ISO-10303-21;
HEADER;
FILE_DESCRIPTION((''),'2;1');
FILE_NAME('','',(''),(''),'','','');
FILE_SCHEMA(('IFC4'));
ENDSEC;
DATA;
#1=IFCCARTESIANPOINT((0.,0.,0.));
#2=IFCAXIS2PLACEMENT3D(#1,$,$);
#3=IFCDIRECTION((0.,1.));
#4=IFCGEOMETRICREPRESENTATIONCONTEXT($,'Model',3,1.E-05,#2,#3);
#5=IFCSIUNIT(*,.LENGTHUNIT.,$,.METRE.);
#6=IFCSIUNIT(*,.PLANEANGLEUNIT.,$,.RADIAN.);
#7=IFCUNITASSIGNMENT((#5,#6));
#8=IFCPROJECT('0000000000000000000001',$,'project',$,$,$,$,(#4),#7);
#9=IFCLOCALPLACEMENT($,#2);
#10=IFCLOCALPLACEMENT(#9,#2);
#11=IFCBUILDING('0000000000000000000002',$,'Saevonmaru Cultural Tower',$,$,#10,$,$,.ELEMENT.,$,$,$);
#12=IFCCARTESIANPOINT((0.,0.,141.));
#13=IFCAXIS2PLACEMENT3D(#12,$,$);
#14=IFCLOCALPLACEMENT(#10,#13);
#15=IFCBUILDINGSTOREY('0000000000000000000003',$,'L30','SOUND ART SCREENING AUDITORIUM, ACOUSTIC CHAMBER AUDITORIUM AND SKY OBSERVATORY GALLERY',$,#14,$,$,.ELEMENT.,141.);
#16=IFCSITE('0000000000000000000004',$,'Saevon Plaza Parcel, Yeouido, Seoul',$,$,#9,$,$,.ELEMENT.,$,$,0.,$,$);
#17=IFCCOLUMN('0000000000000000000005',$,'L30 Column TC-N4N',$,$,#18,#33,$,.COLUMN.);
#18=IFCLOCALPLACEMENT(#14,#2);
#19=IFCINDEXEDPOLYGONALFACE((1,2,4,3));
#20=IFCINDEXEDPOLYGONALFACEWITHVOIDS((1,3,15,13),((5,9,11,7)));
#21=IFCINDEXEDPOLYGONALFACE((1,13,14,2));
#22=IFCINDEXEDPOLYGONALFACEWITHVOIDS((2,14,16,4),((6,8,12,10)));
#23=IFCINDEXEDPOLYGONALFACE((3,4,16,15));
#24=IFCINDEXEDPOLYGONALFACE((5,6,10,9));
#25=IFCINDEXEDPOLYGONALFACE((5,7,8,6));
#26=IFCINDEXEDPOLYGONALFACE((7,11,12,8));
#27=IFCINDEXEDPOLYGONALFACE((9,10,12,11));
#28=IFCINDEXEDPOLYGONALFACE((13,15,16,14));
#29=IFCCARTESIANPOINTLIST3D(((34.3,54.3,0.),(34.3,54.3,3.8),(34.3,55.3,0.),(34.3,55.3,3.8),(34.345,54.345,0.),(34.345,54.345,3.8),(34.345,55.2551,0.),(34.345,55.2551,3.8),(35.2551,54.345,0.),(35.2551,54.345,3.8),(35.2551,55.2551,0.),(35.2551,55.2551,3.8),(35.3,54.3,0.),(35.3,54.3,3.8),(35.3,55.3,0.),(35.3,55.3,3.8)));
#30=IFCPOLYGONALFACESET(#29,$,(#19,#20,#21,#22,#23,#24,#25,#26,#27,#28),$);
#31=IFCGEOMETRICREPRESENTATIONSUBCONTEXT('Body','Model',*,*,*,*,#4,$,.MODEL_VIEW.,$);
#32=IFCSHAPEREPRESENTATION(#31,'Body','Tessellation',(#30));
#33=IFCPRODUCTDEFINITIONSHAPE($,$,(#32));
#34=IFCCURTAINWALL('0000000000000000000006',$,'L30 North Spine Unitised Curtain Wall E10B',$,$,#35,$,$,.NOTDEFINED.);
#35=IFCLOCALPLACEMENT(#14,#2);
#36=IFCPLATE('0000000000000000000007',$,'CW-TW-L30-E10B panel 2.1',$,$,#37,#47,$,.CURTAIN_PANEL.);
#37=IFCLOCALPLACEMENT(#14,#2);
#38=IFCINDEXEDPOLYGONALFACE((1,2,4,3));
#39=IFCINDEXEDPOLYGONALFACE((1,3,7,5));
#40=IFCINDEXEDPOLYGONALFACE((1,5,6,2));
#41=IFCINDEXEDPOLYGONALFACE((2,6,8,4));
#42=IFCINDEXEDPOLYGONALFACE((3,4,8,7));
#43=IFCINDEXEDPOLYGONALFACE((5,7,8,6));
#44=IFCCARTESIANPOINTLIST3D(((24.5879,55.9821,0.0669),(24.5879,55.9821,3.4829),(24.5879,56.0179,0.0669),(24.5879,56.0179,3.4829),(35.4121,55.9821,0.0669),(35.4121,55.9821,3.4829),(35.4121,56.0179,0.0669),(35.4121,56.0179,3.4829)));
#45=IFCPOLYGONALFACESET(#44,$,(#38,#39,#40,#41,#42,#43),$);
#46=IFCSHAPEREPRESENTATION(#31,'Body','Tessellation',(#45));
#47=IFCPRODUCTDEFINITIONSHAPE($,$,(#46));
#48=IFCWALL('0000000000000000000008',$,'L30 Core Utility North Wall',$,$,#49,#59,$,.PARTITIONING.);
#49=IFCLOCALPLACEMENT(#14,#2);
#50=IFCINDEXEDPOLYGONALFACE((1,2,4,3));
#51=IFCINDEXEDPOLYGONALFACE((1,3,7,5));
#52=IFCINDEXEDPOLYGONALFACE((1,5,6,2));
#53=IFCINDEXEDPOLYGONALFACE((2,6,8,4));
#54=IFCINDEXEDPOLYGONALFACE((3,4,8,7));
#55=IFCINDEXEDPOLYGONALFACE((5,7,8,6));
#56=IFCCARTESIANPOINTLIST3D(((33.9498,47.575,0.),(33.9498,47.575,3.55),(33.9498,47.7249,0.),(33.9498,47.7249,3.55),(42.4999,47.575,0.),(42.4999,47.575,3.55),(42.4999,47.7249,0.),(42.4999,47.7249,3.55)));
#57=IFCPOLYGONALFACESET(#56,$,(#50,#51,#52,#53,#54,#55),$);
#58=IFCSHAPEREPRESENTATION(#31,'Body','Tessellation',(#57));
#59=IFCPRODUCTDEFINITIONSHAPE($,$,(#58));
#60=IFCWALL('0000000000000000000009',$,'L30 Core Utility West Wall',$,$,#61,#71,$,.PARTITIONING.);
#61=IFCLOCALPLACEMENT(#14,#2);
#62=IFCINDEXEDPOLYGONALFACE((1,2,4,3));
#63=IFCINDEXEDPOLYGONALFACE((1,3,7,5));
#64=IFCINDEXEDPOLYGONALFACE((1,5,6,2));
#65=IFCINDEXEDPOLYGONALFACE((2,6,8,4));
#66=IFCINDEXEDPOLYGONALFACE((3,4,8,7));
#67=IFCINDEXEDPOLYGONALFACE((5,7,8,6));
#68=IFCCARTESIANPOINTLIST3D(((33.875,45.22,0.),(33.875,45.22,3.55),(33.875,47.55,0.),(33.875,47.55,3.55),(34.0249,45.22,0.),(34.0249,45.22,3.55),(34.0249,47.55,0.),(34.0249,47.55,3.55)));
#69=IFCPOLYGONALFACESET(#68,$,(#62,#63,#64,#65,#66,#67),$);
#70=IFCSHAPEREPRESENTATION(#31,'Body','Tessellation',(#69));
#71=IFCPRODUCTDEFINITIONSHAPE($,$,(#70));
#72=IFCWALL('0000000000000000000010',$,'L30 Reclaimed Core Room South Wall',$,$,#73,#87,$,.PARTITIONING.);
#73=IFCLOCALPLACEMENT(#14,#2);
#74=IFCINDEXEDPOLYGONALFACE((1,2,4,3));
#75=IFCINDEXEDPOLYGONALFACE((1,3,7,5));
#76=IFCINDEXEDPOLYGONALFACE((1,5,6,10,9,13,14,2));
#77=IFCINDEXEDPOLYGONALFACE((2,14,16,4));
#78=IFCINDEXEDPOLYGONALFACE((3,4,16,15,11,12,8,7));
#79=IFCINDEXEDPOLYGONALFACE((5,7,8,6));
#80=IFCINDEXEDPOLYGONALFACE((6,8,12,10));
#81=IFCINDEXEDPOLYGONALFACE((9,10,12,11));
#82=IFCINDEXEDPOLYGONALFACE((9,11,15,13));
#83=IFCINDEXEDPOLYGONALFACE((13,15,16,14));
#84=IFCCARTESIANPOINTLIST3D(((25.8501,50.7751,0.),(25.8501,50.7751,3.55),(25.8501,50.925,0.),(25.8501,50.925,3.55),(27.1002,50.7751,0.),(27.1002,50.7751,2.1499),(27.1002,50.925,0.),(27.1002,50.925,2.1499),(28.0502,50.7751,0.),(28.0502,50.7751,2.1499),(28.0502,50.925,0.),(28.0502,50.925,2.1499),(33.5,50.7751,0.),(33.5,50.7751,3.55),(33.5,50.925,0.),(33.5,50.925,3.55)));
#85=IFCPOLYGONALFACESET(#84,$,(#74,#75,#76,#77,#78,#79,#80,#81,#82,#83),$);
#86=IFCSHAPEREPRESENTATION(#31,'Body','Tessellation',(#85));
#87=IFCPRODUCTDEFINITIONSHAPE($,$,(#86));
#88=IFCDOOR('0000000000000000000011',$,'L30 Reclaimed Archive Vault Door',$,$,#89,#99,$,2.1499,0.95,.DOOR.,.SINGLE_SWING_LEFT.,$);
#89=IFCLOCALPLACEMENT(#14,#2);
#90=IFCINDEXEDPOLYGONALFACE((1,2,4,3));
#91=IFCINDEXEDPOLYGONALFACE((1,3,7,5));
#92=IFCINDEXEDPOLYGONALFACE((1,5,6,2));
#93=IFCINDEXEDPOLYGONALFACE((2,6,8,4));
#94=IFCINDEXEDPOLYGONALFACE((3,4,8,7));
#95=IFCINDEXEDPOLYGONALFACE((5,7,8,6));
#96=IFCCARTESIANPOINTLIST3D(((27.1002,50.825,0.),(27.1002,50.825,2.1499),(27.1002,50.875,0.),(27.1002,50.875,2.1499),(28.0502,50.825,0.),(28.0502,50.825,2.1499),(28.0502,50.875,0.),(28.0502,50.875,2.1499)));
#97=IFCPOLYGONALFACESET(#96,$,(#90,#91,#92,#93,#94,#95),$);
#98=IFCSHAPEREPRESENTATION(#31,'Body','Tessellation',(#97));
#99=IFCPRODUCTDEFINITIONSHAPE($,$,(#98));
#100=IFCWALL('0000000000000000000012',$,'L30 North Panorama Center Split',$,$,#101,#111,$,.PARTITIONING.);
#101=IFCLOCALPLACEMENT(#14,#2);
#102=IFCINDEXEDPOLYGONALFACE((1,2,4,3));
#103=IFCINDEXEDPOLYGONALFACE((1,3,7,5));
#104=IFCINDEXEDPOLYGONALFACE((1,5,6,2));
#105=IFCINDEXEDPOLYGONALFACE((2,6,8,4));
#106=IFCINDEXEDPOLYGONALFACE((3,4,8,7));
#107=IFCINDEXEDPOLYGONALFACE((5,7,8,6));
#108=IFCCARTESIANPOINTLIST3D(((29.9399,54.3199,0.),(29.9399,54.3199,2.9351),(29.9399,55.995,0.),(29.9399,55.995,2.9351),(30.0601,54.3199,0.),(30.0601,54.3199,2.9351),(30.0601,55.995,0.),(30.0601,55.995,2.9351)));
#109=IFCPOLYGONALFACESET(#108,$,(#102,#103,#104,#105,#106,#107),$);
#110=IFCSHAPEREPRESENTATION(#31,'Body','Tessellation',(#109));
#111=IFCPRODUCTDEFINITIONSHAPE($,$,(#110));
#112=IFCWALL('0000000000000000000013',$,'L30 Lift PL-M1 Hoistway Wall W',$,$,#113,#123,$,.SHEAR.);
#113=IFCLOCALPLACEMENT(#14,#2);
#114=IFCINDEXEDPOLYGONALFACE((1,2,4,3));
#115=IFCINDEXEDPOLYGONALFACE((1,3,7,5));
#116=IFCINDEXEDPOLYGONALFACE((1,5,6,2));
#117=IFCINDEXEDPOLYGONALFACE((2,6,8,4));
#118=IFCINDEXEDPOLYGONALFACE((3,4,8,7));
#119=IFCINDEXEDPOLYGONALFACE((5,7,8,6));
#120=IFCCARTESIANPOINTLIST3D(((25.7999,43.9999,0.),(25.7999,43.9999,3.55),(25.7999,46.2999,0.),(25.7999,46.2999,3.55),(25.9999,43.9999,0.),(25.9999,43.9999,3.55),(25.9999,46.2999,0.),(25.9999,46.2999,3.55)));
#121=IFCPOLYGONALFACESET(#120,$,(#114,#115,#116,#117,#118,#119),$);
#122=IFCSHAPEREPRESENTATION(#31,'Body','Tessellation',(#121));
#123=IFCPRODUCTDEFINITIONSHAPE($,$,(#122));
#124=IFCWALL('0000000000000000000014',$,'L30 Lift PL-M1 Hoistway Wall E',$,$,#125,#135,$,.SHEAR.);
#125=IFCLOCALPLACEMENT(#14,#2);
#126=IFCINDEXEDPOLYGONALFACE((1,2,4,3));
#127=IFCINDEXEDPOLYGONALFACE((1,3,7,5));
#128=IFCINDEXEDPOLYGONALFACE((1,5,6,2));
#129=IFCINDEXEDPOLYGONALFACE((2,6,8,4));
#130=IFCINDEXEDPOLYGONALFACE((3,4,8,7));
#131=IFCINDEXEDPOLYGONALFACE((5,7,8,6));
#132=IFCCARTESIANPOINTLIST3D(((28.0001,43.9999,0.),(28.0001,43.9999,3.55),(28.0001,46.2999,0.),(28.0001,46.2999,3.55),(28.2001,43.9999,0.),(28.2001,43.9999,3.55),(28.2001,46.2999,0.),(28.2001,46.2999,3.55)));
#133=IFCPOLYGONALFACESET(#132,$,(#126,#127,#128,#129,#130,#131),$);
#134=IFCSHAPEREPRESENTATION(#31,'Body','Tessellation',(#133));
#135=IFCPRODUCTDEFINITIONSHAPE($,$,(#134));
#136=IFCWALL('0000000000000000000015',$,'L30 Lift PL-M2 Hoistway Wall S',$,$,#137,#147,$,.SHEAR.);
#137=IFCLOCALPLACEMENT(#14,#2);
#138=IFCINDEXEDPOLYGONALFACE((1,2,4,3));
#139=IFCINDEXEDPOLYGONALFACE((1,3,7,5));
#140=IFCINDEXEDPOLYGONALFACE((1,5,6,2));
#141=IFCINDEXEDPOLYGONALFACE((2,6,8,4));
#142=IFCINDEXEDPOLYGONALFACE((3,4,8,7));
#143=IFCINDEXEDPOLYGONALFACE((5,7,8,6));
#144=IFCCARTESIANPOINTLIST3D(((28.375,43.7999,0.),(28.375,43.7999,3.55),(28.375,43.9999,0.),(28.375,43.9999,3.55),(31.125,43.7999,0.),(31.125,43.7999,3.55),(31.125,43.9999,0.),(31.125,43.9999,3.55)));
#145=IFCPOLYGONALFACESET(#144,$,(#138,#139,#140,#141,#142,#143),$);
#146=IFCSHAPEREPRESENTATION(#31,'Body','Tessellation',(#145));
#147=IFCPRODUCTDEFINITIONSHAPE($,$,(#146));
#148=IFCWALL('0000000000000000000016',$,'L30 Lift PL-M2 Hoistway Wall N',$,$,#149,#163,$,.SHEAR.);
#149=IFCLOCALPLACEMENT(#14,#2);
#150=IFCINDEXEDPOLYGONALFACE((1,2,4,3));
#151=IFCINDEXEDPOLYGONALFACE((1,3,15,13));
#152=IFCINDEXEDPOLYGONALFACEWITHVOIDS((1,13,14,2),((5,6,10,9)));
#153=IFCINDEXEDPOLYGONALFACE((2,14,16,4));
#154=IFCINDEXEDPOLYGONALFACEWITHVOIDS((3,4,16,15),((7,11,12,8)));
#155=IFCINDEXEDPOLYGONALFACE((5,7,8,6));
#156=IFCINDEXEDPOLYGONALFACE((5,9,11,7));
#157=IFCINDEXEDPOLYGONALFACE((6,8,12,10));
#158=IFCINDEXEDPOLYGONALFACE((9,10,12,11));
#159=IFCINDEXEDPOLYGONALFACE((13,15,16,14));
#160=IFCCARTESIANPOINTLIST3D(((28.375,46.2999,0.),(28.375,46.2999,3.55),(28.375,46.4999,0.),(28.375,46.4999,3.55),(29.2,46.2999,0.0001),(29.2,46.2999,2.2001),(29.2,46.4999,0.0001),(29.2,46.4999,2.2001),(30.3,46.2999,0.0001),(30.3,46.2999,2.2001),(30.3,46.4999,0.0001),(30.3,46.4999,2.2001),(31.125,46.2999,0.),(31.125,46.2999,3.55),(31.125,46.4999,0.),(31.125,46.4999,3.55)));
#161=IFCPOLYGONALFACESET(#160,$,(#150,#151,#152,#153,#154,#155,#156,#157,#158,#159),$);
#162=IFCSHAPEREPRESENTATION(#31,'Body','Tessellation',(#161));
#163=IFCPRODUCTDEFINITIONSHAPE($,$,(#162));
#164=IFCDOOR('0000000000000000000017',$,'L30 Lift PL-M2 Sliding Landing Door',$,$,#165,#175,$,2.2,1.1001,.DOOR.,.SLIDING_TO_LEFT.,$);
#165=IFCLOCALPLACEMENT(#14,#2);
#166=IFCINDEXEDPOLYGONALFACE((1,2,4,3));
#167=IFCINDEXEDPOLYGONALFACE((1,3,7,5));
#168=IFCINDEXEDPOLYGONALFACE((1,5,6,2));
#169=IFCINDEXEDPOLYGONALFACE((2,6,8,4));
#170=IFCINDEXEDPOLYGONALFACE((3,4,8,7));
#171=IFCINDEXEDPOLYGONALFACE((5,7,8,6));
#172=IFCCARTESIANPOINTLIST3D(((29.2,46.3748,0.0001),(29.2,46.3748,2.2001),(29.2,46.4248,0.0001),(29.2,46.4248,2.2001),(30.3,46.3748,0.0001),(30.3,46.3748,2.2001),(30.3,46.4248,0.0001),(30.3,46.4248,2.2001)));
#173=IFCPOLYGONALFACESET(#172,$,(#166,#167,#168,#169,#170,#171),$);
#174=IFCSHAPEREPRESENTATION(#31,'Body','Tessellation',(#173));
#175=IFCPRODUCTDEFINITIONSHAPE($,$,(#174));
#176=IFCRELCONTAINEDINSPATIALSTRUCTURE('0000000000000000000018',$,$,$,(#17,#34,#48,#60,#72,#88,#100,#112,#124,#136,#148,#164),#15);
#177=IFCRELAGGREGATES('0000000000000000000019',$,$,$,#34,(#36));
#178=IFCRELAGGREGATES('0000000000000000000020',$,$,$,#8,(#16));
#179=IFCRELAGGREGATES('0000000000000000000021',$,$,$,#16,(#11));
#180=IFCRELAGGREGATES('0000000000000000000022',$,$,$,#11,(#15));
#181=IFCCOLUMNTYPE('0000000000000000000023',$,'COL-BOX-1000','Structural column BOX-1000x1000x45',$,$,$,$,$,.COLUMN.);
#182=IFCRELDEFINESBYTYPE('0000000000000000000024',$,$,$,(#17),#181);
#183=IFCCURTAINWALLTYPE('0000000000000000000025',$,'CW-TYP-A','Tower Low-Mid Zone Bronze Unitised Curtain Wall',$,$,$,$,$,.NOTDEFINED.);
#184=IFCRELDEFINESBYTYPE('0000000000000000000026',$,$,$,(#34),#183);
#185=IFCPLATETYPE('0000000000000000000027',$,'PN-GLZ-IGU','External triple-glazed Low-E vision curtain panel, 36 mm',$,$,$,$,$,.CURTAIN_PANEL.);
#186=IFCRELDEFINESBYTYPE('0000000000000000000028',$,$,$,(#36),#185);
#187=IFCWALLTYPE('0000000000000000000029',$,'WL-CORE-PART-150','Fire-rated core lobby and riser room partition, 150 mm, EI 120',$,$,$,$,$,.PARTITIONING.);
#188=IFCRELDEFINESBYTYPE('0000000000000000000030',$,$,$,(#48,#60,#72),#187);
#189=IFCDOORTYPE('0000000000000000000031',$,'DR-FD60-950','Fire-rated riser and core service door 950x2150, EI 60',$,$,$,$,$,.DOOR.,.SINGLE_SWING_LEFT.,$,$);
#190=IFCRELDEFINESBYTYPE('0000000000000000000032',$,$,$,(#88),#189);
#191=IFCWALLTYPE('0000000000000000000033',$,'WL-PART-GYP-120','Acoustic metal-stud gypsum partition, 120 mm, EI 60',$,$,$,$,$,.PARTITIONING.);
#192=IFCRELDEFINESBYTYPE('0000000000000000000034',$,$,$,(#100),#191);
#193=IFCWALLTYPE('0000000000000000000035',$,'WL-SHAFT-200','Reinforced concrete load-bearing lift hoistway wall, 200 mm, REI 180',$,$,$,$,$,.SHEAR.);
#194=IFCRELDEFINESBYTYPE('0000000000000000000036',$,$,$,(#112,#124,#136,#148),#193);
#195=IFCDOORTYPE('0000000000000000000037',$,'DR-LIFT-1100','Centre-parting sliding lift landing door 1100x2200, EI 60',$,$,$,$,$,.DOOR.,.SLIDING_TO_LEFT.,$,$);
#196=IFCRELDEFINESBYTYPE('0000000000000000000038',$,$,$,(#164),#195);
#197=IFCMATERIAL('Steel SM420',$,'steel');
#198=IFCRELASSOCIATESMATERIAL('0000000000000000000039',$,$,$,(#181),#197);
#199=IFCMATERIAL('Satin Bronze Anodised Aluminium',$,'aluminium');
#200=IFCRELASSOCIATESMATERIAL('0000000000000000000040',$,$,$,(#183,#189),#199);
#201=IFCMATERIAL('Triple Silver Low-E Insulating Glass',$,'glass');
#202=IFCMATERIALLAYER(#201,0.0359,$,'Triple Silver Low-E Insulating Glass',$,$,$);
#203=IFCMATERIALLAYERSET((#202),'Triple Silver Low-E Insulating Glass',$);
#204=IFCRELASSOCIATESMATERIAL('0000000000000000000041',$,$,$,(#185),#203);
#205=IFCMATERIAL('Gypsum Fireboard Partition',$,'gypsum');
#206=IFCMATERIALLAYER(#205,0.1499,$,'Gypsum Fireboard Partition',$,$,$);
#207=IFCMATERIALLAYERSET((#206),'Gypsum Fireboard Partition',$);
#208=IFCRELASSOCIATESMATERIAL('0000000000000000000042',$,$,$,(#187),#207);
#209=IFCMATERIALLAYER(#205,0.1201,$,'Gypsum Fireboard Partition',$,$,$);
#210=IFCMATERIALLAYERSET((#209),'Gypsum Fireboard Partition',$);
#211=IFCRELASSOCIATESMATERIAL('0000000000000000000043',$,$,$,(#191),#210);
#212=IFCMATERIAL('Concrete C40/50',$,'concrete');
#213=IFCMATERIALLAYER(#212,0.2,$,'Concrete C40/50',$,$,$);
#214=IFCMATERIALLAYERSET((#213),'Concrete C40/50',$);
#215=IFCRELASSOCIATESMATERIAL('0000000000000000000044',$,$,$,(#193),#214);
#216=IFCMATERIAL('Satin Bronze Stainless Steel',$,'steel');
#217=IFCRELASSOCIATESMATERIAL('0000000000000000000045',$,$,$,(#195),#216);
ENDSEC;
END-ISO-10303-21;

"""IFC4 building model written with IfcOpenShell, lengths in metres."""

from ifc_helpers import new_model, si_unit, direction, frame, frame_2d, origin, origin_2d, place, context, subcontext, project, spatial, rectangle, hollow_rectangle, extrude, material, layer, layer_set, material_profile, profile_set, type_object, element, fill, aggregate, save


model = new_model("IFC4")

# Units and contexts
model_context = context("Model", 3, precision=1e-05, world=origin(), true_north=direction((0.0, 1.0)))
body_context = subcontext(model_context, "Body", "Model", "MODEL_VIEW")
ifc_project = project(units=[si_unit("LENGTHUNIT", "METRE"), si_unit("PLANEANGLEUNIT", "RADIAN")], contexts=[model_context])

# Site, building, storey
site_placement = place(None, origin())
site = spatial("IfcSite", under=ifc_project, at=site_placement, Name="Saevon Plaza Parcel, Yeouido, Seoul", CompositionType="ELEMENT", RefElevation=0.0)
building_placement = place(site_placement, origin())
building = spatial("IfcBuilding", under=site, at=building_placement, Name="Saevonmaru Cultural Tower", CompositionType="ELEMENT")
storey_placement = place(building_placement, frame((0.0, 0.0, 141.0)))
storey = spatial("IfcBuildingStorey", under=building, at=storey_placement, Name="L30", Description="SOUND ART SCREENING AUDITORIUM, ACOUSTIC CHAMBER AUDITORIUM AND SKY OBSERVATORY GALLERY", CompositionType="ELEMENT", Elevation=141.0)

# Column
ifc_material_1 = material(Name="Steel SM420", Category="steel")
ifc_material_profile = material_profile(ifc_material_1, hollow_rectangle(XDim=1.0, YDim=1.0, WallThickness=0.0449, at=origin_2d()), Name="BOX-1000x1000x45")
ifc_profile_set = profile_set([ifc_material_profile], Name="Steel SM420")
column_type = type_object("IfcColumnType", Name="COL-BOX-1000", Description="Structural column BOX-1000x1000x45", PredefinedType="COLUMN", material=ifc_profile_set)
column_placement = place(storey_placement, frame((34.8, 54.8, 0.0), z_axis=(0.0, 0.0, 1.0), x_axis=(1.0, 0.0, 0.0)))
element("IfcColumn", 1, at=column_placement, inside=storey, type_object=column_type, Name="L30 Column TC-N4N", PredefinedType="COLUMN", context=body_context, shape_type="SweptSolid", body=[
    extrude(hollow_rectangle(XDim=1.0, YDim=1.0, WallThickness=0.0449, at=origin_2d()), origin(), (0.0, 0.0, 1.0), 3.8),
])

# Curtain wall, plate
ifc_material_2 = material(Name="Satin Bronze Anodised Aluminium", Category="aluminium")
curtain_wall_type = type_object("IfcCurtainWallType", Name="CW-TYP-A", Description="Tower Low-Mid Zone Bronze Unitised Curtain Wall", PredefinedType="NOTDEFINED", material=ifc_material_2)
curtain_wall_placement = place(storey_placement, origin())
curtain_wall = element("IfcCurtainWall", 2, at=curtain_wall_placement, inside=storey, type_object=curtain_wall_type, Name="L30 North Spine Unitised Curtain Wall E10B", PredefinedType="NOTDEFINED")
ifc_material_3 = material(Name="Triple Silver Low-E Insulating Glass", Category="glass")
ifc_layer_1 = layer(ifc_material_3, 0.0359, Name="Triple Silver Low-E Insulating Glass")
ifc_layer_set_1 = layer_set([ifc_layer_1], Name="Triple Silver Low-E Insulating Glass")
plate_type = type_object("IfcPlateType", Name="PN-GLZ-IGU", Description="External triple-glazed Low-E vision curtain panel, 36 mm", PredefinedType="CURTAIN_PANEL", material=ifc_layer_set_1)
plate_placement = place(storey_placement, frame((30.0, 56.0, 0.0669), z_axis=(0.0, 0.0, 1.0), x_axis=(-1.0, 0.0, 0.0)))
plate = element("IfcPlate", 3, at=plate_placement, type_object=plate_type, Name="CW-TW-L30-E10B panel 2.1", PredefinedType="CURTAIN_PANEL", context=body_context, shape_type="SweptSolid", body=[
    extrude(rectangle(XDim=10.8242, YDim=0.0359, at=origin_2d()), origin(), (0.0, 0.0, 1.0), 3.416),
])
aggregate(curtain_wall, [plate])

# Shared definitions
ifc_material_4 = material(Name="Gypsum Fireboard Partition", Category="gypsum")
ifc_layer_2 = layer(ifc_material_4, 0.1499, Name="Gypsum Fireboard Partition")
ifc_layer_set_2 = layer_set([ifc_layer_2], Name="Gypsum Fireboard Partition")
wall_type_1 = type_object("IfcWallType", Name="WL-CORE-PART-150", Description="Fire-rated core lobby and riser room partition, 150 mm, EI 120", PredefinedType="PARTITIONING", material=ifc_layer_set_2)

# Shared definitions
door_type_1 = type_object("IfcDoorType", Name="DR-FD60-950", Description="Fire-rated riser and core service door 950x2150, EI 60", OperationType="SINGLE_SWING_LEFT", PredefinedType="DOOR", material=ifc_material_2)

# Walls
wall_1_placement = place(storey_placement, frame((33.95, 47.6499, 0.0), z_axis=(0.0, 0.0, 1.0), x_axis=(1.0, 0.0, 0.0)))
element("IfcWall", 4, at=wall_1_placement, inside=storey, type_object=wall_type_1, Name="L30 Core Utility North Wall", PredefinedType="PARTITIONING", context=body_context, shape_type="SweptSolid", body=[
    extrude(rectangle(XDim=8.55, YDim=0.1499, at=frame_2d((4.2749, 0.0))), origin(), (0.0, 0.0, 1.0), 3.55),
])
wall_2_placement = place(storey_placement, frame((33.95, 45.22, 0.0), z_axis=(0.0, 0.0, 1.0), x_axis=(0.0, 1.0, 0.0)))
element("IfcWall", 5, at=wall_2_placement, inside=storey, type_object=wall_type_1, Name="L30 Core Utility West Wall", PredefinedType="PARTITIONING", context=body_context, shape_type="SweptSolid", body=[
    extrude(rectangle(XDim=2.3301, YDim=0.1499, at=frame_2d((1.165, 0.0))), origin(), (0.0, 0.0, 1.0), 3.55),
])

# Wall, opening, door
wall_3_placement = place(storey_placement, frame((25.8501, 50.8501, 0.0), z_axis=(0.0, 0.0, 1.0), x_axis=(1.0, 0.0, 0.0)))
wall_3 = element("IfcWall", 6, at=wall_3_placement, inside=storey, type_object=wall_type_1, Name="L30 Reclaimed Core Room South Wall", PredefinedType="PARTITIONING", context=body_context, shape_type="SweptSolid", body=[
    extrude(rectangle(XDim=7.6499, YDim=0.1499, at=frame_2d((3.825, 0.0))), origin(), (0.0, 0.0, 1.0), 3.55),
])
opening_1_placement = place(wall_3_placement, frame((1.25, 0.0, 0.0)))
opening_1 = element("IfcOpeningElement", 7, at=opening_1_placement, cuts=wall_3, PredefinedType="OPENING", context=body_context, shape_type="SweptSolid", body=[
    extrude(rectangle(XDim=0.95, YDim=2.1499, at=frame_2d((0.4751, 1.075))), frame((0.0, 0.085, 0.0), z_axis=(0.0, -1.0, 0.0), x_axis=(1.0, 0.0, 0.0)), (0.0, 0.0, 1.0), 0.1699),
])
door_1_placement = place(opening_1_placement, origin())
door_1 = element("IfcDoor", 8, at=door_1_placement, inside=storey, type_object=door_type_1, Name="L30 Reclaimed Archive Vault Door", OperationType="SINGLE_SWING_LEFT", OverallHeight=2.1499, OverallWidth=0.95, PredefinedType="DOOR", context=body_context, shape_type="SweptSolid", body=[
    extrude(rectangle(XDim=0.95, YDim=2.1499, at=frame_2d((0.4751, 1.075))), frame((0.0, 0.0249, 0.0), z_axis=(0.0, -1.0, 0.0), x_axis=(1.0, 0.0, 0.0)), (0.0, 0.0, 1.0), 0.05),
])
fill(opening_1, door_1)

# Walls
ifc_layer_3 = layer(ifc_material_4, 0.1201, Name="Gypsum Fireboard Partition")
ifc_layer_set_3 = layer_set([ifc_layer_3], Name="Gypsum Fireboard Partition")
wall_type_2 = type_object("IfcWallType", Name="WL-PART-GYP-120", Description="Acoustic metal-stud gypsum partition, 120 mm, EI 60", PredefinedType="PARTITIONING", material=ifc_layer_set_3)
wall_4_placement = place(storey_placement, frame((30.0, 54.3201, 0.0), z_axis=(0.0, 0.0, 1.0), x_axis=(0.0, 1.0, 0.0)))
element("IfcWall", 9, at=wall_4_placement, inside=storey, type_object=wall_type_2, Name="L30 North Panorama Center Split", PredefinedType="PARTITIONING", context=body_context, shape_type="SweptSolid", body=[
    extrude(rectangle(XDim=1.675, YDim=0.1201, at=frame_2d((0.8374, 0.0))), origin(), (0.0, 0.0, 1.0), 2.9351),
])
ifc_material_5 = material(Name="Concrete C40/50", Category="concrete")
ifc_layer_4 = layer(ifc_material_5, 0.2, Name="Concrete C40/50")
ifc_layer_set_4 = layer_set([ifc_layer_4], Name="Concrete C40/50")
wall_type_3 = type_object("IfcWallType", Name="WL-SHAFT-200", Description="Reinforced concrete load-bearing lift hoistway wall, 200 mm, REI 180", PredefinedType="SHEAR", material=ifc_layer_set_4)
for number, where, z_axis, x_axis, name in (
    (10, (25.8999, 44.0, 0.0), (0.0, 0.0, 1.0), (0.0, 1.0, 0.0), "L30 Lift PL-M1 Hoistway Wall W"),
    (11, (28.1001, 44.0, 0.0), (0.0, 0.0, 1.0), (0.0, 1.0, 0.0), "L30 Lift PL-M1 Hoistway Wall E"),
):
    element("IfcWall", number, at=place(storey_placement, frame(where, z_axis=z_axis, x_axis=x_axis)), inside=storey, type_object=wall_type_3, Name=name, PredefinedType="SHEAR", context=body_context, shape_type="SweptSolid", body=[
        extrude(rectangle(XDim=2.3, YDim=0.2, at=frame_2d((1.1499, 0.0))), origin(), (0.0, 0.0, 1.0), 3.55),
    ])
wall_5_placement = place(storey_placement, frame((28.375, 43.8999, 0.0), z_axis=(0.0, 0.0, 1.0), x_axis=(1.0, 0.0, 0.0)))
element("IfcWall", 12, at=wall_5_placement, inside=storey, type_object=wall_type_3, Name="L30 Lift PL-M2 Hoistway Wall S", PredefinedType="SHEAR", context=body_context, shape_type="SweptSolid", body=[
    extrude(rectangle(XDim=2.75, YDim=0.2, at=frame_2d((1.375, 0.0))), origin(), (0.0, 0.0, 1.0), 3.55),
])

# Wall, opening, door
wall_6_placement = place(storey_placement, frame((28.375, 46.3999, 0.0), z_axis=(0.0, 0.0, 1.0), x_axis=(1.0, 0.0, 0.0)))
wall_6 = element("IfcWall", 13, at=wall_6_placement, inside=storey, type_object=wall_type_3, Name="L30 Lift PL-M2 Hoistway Wall N", PredefinedType="SHEAR", context=body_context, shape_type="SweptSolid", body=[
    extrude(rectangle(XDim=2.75, YDim=0.2, at=frame_2d((1.375, 0.0))), origin(), (0.0, 0.0, 1.0), 3.55),
])
opening_2_placement = place(wall_6_placement, frame((0.825, 0.0, 0.0)))
opening_2 = element("IfcOpeningElement", 14, at=opening_2_placement, cuts=wall_6, PredefinedType="OPENING", context=body_context, shape_type="SweptSolid", body=[
    extrude(rectangle(XDim=1.1001, YDim=2.2, at=frame_2d((0.55, 1.1001))), frame((0.0, 0.1099, 0.0), z_axis=(0.0, -1.0, 0.0), x_axis=(1.0, 0.0, 0.0)), (0.0, 0.0, 1.0), 0.22),
])
ifc_material_6 = material(Name="Satin Bronze Stainless Steel", Category="steel")
door_type_2 = type_object("IfcDoorType", Name="DR-LIFT-1100", Description="Centre-parting sliding lift landing door 1100x2200, EI 60", OperationType="SLIDING_TO_LEFT", PredefinedType="DOOR", material=ifc_material_6)
door_2_placement = place(opening_2_placement, origin())
door_2 = element("IfcDoor", 15, at=door_2_placement, inside=storey, type_object=door_type_2, Name="L30 Lift PL-M2 Sliding Landing Door", OperationType="SLIDING_TO_LEFT", OverallHeight=2.2, OverallWidth=1.1001, PredefinedType="DOOR", context=body_context, shape_type="SweptSolid", body=[
    extrude(rectangle(XDim=1.1001, YDim=2.2, at=frame_2d((0.55, 1.1001))), frame((0.0, 0.0249, 0.0), z_axis=(0.0, -1.0, 0.0), x_axis=(1.0, 0.0, 0.0)), (0.0, 0.0, 1.0), 0.05),
])
fill(opening_2, door_2)

save(model, "model.ifc")
